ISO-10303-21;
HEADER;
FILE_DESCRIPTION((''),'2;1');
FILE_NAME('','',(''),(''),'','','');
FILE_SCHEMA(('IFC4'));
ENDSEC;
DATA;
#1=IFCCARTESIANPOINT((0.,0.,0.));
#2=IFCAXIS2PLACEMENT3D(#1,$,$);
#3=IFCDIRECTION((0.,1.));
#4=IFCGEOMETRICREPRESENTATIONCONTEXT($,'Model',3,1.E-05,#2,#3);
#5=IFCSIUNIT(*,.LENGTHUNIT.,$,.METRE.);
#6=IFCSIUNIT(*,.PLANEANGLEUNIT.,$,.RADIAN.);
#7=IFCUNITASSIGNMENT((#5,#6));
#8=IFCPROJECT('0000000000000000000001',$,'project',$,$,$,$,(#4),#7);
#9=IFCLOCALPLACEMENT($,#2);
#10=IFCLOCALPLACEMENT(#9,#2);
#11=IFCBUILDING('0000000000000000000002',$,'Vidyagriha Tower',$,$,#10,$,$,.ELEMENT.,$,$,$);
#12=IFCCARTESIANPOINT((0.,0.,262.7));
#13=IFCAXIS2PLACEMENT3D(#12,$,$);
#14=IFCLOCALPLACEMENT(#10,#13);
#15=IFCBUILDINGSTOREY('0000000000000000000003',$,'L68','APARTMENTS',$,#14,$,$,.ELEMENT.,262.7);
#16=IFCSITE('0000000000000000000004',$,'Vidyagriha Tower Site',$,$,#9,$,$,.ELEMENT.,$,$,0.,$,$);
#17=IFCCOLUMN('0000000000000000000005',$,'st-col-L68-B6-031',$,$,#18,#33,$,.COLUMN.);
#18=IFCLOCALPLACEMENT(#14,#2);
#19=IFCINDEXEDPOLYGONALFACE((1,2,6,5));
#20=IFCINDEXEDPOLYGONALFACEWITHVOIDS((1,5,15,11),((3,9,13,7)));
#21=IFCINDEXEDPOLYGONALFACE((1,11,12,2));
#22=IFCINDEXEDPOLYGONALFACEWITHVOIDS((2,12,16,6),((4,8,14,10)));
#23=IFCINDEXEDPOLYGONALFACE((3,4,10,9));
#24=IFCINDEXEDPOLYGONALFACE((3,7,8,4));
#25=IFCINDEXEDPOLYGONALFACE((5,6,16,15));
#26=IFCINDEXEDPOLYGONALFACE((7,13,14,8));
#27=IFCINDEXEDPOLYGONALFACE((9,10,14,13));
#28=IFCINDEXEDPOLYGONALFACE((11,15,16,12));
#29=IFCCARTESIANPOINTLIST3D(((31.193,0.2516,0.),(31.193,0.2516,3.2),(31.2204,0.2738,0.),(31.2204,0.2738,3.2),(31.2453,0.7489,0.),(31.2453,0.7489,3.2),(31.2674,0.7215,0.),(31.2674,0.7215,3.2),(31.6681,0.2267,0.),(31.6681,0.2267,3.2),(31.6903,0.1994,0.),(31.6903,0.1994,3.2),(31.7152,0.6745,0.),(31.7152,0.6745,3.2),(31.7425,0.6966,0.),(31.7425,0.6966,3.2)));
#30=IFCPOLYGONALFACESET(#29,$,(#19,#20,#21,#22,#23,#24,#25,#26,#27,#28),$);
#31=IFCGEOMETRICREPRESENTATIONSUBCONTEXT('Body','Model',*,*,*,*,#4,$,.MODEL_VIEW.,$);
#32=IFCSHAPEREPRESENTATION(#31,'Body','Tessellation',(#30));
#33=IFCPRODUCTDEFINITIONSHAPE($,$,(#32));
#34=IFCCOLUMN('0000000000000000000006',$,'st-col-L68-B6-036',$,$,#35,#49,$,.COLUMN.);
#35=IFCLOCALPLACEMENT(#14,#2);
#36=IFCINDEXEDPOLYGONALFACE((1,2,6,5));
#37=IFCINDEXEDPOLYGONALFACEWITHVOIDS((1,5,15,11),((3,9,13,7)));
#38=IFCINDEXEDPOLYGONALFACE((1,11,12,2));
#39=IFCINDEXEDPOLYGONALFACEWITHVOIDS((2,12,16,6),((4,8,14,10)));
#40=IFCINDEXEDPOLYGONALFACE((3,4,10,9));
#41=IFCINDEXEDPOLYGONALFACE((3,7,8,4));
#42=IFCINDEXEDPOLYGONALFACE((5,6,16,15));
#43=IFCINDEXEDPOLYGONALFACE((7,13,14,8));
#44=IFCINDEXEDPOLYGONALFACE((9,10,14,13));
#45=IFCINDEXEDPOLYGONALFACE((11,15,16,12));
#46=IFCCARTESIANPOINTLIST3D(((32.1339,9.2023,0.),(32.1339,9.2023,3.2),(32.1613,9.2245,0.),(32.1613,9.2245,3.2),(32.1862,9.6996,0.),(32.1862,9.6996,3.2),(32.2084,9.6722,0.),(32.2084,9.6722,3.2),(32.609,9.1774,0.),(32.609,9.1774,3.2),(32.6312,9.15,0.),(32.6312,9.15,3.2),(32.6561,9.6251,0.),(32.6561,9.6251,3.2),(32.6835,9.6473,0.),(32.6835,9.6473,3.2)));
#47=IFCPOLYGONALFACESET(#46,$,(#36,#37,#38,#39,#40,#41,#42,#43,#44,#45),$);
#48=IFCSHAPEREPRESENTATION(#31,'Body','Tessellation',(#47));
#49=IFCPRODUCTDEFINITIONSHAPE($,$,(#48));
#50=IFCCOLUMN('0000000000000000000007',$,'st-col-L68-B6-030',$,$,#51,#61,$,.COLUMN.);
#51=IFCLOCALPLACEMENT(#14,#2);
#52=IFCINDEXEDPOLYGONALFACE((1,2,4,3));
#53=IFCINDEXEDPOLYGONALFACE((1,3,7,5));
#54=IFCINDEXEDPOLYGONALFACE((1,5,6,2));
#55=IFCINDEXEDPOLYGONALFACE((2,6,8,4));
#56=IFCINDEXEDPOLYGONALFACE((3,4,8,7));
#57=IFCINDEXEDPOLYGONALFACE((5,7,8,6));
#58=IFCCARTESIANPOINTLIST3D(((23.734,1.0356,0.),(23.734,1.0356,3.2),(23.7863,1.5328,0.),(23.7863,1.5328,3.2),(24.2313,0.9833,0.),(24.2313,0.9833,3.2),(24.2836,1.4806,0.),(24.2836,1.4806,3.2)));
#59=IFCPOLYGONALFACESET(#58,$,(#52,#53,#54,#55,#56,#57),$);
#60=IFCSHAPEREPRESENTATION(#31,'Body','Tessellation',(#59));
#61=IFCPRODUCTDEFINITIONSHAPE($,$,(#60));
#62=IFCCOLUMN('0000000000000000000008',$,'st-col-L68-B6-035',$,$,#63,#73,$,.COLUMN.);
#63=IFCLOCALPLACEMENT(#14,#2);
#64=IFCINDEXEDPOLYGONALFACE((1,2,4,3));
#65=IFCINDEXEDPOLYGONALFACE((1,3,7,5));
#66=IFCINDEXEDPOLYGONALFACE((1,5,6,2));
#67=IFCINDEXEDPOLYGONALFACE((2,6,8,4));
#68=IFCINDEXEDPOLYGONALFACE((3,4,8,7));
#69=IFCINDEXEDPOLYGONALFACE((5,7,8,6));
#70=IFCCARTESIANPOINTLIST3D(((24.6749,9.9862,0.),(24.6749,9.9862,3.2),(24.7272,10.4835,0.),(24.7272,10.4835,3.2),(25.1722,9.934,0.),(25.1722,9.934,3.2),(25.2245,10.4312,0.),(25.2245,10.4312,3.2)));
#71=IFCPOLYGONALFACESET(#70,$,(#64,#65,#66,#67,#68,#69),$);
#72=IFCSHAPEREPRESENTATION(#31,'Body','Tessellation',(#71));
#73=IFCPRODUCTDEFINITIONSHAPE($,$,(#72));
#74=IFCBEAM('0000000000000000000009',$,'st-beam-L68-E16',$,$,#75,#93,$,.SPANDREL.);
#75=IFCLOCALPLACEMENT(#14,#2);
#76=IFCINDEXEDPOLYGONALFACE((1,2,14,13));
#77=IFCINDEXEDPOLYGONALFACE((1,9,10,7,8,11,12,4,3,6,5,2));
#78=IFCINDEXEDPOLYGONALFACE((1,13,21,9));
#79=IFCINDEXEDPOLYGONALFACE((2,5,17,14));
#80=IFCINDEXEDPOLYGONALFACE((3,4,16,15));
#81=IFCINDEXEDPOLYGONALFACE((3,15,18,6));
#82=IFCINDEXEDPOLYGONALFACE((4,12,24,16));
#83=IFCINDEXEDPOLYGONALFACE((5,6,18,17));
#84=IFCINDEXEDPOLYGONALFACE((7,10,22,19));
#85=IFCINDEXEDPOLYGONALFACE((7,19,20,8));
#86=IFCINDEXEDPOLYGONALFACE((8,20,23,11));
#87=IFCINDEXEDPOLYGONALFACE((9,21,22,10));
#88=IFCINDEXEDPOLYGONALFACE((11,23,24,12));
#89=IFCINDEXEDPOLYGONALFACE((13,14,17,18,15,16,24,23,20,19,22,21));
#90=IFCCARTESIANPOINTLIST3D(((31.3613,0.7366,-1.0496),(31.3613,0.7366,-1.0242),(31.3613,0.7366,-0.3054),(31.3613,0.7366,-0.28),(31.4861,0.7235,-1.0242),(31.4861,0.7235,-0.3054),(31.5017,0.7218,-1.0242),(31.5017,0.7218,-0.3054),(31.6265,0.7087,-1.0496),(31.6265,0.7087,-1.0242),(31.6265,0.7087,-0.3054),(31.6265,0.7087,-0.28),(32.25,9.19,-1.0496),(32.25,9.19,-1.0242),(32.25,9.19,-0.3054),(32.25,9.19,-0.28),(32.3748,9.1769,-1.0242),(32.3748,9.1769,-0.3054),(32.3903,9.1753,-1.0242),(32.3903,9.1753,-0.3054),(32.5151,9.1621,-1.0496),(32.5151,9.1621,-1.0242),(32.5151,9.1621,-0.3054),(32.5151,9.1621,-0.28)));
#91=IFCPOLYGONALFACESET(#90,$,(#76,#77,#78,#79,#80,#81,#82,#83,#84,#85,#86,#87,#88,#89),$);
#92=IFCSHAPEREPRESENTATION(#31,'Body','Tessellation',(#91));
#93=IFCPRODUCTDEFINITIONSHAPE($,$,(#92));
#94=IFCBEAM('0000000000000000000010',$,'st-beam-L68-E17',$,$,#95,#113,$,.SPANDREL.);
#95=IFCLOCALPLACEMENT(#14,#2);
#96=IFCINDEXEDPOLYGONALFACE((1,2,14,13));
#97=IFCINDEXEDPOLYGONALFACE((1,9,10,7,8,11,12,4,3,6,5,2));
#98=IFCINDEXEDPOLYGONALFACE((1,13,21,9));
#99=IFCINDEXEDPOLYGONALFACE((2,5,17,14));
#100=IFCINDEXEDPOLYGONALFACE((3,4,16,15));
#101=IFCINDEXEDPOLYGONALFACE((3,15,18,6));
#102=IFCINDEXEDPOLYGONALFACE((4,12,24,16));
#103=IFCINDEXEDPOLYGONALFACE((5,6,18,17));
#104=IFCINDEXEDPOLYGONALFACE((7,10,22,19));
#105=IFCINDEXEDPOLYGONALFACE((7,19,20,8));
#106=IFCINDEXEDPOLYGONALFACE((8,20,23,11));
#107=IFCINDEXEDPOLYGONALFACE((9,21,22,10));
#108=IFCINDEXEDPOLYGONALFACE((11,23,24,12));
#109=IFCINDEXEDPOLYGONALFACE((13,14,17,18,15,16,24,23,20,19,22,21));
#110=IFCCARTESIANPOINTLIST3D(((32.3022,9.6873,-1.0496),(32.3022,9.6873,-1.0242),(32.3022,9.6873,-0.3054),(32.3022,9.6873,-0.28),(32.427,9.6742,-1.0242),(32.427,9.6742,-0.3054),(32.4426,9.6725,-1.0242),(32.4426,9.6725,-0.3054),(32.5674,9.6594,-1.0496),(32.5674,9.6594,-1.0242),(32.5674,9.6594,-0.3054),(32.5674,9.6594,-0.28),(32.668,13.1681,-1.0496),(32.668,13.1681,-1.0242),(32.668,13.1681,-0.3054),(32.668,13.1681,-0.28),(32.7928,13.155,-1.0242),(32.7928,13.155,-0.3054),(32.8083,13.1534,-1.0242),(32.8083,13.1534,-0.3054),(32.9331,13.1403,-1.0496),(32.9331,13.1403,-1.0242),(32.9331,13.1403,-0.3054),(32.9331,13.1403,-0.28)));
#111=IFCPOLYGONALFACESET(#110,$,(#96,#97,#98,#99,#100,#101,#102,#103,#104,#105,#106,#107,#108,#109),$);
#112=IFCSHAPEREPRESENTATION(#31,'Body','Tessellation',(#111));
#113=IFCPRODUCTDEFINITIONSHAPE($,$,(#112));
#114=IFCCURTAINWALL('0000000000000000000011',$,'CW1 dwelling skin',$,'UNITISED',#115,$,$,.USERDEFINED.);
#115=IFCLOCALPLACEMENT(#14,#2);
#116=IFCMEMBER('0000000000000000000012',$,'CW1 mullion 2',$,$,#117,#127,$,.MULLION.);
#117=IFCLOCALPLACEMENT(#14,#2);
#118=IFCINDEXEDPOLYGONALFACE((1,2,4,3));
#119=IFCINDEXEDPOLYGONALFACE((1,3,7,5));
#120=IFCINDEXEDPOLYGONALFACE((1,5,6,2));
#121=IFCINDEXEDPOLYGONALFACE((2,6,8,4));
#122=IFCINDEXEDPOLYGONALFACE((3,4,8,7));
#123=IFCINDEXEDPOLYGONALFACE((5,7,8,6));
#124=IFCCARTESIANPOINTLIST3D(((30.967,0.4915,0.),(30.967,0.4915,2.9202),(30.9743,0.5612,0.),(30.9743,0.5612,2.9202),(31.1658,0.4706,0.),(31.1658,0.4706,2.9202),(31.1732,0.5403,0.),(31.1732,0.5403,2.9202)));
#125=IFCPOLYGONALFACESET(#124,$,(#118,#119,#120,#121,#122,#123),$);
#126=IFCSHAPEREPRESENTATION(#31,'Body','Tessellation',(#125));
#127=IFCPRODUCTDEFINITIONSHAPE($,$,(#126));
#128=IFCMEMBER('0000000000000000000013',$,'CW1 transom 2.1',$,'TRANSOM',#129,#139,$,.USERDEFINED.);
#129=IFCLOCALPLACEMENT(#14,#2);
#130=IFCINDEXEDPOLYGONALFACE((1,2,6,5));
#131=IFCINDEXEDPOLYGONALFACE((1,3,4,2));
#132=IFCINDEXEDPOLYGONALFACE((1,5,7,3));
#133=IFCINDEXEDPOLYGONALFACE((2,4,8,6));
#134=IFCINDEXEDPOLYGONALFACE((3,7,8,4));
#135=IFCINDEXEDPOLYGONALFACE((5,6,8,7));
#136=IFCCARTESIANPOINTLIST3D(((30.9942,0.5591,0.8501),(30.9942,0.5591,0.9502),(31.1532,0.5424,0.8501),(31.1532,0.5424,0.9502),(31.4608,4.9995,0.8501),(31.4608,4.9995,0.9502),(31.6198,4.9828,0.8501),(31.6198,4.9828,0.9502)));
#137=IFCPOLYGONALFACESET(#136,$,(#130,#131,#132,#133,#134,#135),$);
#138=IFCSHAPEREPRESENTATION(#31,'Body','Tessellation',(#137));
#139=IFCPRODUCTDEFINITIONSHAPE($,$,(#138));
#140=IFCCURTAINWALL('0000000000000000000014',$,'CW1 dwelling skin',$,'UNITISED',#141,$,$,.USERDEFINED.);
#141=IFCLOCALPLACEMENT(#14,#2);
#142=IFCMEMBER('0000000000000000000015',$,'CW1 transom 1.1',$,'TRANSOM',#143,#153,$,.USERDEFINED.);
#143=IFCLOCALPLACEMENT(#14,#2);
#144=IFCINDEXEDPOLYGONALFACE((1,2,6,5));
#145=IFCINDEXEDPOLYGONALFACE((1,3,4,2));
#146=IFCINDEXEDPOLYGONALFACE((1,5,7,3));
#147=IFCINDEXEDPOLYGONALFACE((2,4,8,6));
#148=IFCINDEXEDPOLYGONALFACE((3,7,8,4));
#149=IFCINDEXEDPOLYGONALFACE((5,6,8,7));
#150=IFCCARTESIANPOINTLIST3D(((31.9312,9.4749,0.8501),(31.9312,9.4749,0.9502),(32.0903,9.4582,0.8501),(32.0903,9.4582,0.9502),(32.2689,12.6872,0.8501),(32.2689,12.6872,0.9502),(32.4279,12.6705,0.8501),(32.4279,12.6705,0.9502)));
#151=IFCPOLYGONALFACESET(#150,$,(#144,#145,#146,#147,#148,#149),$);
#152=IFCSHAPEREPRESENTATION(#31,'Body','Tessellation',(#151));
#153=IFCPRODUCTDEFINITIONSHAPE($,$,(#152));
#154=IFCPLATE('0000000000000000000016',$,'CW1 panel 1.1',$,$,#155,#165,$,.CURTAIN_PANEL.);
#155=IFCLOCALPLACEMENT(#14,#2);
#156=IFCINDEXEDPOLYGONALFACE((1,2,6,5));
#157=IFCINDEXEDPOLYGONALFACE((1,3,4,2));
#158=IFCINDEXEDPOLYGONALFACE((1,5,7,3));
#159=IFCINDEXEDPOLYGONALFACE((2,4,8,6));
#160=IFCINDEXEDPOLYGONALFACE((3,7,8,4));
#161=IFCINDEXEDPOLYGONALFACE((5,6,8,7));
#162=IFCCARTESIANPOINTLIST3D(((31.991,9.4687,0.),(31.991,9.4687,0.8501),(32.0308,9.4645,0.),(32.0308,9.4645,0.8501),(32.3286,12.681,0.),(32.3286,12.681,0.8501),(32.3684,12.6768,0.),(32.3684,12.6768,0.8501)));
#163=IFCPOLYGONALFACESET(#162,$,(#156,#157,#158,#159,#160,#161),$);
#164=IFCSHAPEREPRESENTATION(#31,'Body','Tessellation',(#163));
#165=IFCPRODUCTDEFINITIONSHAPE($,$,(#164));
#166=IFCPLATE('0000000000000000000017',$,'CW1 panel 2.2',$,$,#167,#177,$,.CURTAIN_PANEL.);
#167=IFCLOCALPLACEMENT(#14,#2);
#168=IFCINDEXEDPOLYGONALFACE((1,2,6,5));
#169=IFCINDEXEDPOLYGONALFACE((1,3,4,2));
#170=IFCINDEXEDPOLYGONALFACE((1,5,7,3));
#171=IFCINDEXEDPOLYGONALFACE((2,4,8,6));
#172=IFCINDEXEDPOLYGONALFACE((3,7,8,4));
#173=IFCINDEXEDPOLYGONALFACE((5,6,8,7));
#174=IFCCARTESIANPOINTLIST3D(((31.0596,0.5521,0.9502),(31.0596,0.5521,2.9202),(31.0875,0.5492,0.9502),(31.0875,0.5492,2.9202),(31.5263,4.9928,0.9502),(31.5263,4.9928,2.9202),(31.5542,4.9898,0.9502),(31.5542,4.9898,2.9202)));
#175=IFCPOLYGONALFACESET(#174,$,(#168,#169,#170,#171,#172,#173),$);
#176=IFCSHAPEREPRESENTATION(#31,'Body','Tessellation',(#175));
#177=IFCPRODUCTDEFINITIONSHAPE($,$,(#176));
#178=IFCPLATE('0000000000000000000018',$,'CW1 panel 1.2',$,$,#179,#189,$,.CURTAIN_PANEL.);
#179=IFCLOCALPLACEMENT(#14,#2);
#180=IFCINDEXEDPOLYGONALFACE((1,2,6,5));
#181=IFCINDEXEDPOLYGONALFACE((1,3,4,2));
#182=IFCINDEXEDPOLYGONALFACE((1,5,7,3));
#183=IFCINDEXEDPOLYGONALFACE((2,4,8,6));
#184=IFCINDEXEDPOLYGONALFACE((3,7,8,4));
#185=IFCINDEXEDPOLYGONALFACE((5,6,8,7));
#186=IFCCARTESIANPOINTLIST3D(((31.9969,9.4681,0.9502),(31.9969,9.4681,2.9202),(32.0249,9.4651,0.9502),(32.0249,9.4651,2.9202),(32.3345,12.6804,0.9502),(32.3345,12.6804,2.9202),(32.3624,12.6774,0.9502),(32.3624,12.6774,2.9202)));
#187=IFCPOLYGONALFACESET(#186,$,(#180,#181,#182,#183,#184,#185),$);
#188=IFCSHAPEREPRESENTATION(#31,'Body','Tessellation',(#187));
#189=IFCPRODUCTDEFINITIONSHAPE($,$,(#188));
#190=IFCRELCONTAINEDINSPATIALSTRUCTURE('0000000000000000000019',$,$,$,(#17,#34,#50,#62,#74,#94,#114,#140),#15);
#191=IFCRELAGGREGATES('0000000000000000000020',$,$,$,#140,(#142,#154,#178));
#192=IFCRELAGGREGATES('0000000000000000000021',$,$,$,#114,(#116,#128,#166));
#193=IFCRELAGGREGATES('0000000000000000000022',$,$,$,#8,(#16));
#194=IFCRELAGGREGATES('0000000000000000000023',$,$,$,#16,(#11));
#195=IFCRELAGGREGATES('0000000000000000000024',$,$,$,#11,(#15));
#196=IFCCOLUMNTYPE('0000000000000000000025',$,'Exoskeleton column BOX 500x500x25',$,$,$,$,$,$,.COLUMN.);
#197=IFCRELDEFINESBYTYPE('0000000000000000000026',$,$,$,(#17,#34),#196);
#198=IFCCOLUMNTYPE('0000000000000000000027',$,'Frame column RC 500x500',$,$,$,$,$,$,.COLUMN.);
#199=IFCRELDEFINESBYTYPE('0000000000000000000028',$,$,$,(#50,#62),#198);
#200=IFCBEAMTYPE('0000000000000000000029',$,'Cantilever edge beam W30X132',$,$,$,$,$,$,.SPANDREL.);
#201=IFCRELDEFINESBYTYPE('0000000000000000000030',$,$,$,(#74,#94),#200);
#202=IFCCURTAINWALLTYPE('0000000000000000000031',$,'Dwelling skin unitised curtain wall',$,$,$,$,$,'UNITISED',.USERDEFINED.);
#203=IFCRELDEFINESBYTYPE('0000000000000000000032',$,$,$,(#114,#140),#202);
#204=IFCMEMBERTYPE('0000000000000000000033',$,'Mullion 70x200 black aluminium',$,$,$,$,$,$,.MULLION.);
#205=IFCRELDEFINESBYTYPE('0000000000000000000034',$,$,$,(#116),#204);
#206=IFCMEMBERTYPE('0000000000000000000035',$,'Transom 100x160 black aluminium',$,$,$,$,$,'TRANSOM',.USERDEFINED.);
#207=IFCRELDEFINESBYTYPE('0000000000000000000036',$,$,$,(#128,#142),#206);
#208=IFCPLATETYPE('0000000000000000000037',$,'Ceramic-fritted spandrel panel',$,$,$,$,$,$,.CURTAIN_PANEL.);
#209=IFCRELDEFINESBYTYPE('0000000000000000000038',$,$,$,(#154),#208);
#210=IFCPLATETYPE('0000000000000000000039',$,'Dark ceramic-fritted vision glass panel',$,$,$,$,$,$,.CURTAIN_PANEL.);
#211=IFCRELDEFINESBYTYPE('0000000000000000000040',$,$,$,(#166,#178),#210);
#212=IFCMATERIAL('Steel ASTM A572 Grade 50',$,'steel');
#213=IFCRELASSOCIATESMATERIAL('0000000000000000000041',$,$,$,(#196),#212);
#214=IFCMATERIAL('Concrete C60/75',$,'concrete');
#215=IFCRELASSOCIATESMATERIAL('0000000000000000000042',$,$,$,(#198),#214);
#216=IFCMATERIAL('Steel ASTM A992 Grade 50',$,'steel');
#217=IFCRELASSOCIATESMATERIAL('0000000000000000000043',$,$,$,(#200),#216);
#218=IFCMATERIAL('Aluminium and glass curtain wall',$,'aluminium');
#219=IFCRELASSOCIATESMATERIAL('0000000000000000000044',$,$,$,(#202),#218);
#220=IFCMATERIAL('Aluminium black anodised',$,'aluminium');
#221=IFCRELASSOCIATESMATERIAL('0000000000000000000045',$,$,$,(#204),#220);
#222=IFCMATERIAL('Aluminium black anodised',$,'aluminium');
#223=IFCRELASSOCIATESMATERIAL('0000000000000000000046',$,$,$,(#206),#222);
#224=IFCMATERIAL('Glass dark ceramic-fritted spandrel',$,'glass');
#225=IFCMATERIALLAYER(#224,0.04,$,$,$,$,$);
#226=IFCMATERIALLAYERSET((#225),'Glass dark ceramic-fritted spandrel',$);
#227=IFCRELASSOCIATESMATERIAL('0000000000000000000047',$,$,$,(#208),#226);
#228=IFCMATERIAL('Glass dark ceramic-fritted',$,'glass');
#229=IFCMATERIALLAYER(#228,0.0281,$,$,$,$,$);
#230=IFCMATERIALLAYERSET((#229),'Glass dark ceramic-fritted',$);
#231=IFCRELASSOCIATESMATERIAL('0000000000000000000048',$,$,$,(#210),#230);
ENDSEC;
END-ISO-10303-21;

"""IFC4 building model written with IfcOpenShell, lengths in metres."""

from ifc_helpers import new_model, si_unit, direction, frame, origin, origin_2d, place, context, subcontext, project, spatial, rectangle, hollow_rectangle, i_section, extrude, material, layer, layer_set, material_profile, profile_set, type_object, element, aggregate, save


model = new_model("IFC4")

# Units and contexts
model_context = context("Model", 3, precision=1e-05, world=origin(), true_north=direction((0.0, 1.0)))
body_context = subcontext(model_context, "Body", "Model", "MODEL_VIEW")
ifc_project = project(units=[si_unit("LENGTHUNIT", "METRE"), si_unit("PLANEANGLEUNIT", "RADIAN")], contexts=[model_context])

# Site, building, storey
site_placement = place(None, origin())
site = spatial("IfcSite", under=ifc_project, at=site_placement, Name="Vidyagriha Tower Site", CompositionType="ELEMENT", RefElevation=0.0)
building_placement = place(site_placement, origin())
building = spatial("IfcBuilding", under=site, at=building_placement, Name="Vidyagriha Tower", CompositionType="ELEMENT")
storey_placement = place(building_placement, frame((0.0, 0.0, 262.7)))
storey = spatial("IfcBuildingStorey", under=building, at=storey_placement, Name="L68", Description="APARTMENTS", CompositionType="ELEMENT", Elevation=262.7)

# Columns
ifc_material_1 = material(Name="Steel ASTM A572 Grade 50", Category="steel")
ifc_material_profile_1 = material_profile(ifc_material_1, hollow_rectangle(XDim=0.5, YDim=0.5, WallThickness=0.0249, at=origin_2d()), Name="BOX 500x500x25")
ifc_profile_set_1 = profile_set([ifc_material_profile_1], Name="Steel ASTM A572 Grade 50")
column_type_1 = type_object("IfcColumnType", Name="Exoskeleton column BOX 500x500x25", PredefinedType="COLUMN", material=ifc_profile_set_1)
for number, where, z_axis, x_axis, name in (
    (1, (31.4678, 0.4741, 0.0), (0.0, 0.0, 1.0), (0.994522, -0.104528, 0.0), "st-col-L68-B6-031"),
    (2, (32.4087, 9.4248, 0.0), (0.0, 0.0, 1.0), (0.994522, -0.104528, 0.0), "st-col-L68-B6-036"),
):
    element("IfcColumn", number, at=place(storey_placement, frame(where, z_axis=z_axis, x_axis=x_axis)), inside=storey, type_object=column_type_1, Name=name, PredefinedType="COLUMN", context=body_context, shape_type="SweptSolid", body=[
        extrude(hollow_rectangle(XDim=0.5, YDim=0.5, WallThickness=0.0249, at=origin_2d()), origin(), (0.0, 0.0, 1.0), 3.2),
    ])
ifc_material_2 = material(Name="Concrete C60/75", Category="concrete")
ifc_material_profile_2 = material_profile(ifc_material_2, rectangle(XDim=0.5, YDim=0.5, at=origin_2d()), Name="RC 500x500")
ifc_profile_set_2 = profile_set([ifc_material_profile_2], Name="Concrete C60/75")
column_type_2 = type_object("IfcColumnType", Name="Frame column RC 500x500", PredefinedType="COLUMN", material=ifc_profile_set_2)
for number, where, z_axis, x_axis, name in (
    (3, (24.0088, 1.2581, 0.0), (0.0, 0.0, 1.0), (0.994522, -0.104528, 0.0), "st-col-L68-B6-030"),
    (4, (24.9497, 10.2087, 0.0), (0.0, 0.0, 1.0), (0.994522, -0.104528, 0.0), "st-col-L68-B6-035"),
):
    element("IfcColumn", number, at=place(storey_placement, frame(where, z_axis=z_axis, x_axis=x_axis)), inside=storey, type_object=column_type_2, Name=name, PredefinedType="COLUMN", context=body_context, shape_type="SweptSolid", body=[
        extrude(rectangle(XDim=0.5, YDim=0.5, at=origin_2d()), origin(), (0.0, 0.0, 1.0), 3.2),
    ])

# Beams
ifc_material_3 = material(Name="Steel ASTM A992 Grade 50", Category="steel")
ifc_material_profile_3 = material_profile(ifc_material_3, i_section(OverallWidth=0.2666, OverallDepth=0.7695, WebThickness=0.0156, FlangeThickness=0.0254, at=origin_2d()), Name="W30X132")
ifc_profile_set_3 = profile_set([ifc_material_profile_3], Name="Steel ASTM A992 Grade 50")
beam_type = type_object("IfcBeamType", Name="Cantilever edge beam W30X132", PredefinedType="SPANDREL", material=ifc_profile_set_3)
beam_1_placement = place(storey_placement, frame((31.4939, 0.7227, -0.6648), z_axis=(0.10455, 0.99452, 0.0), x_axis=(-0.99452, 0.10455, 0.0)))
element("IfcBeam", 5, at=beam_1_placement, inside=storey, type_object=beam_type, Name="st-beam-L68-E16", PredefinedType="SPANDREL", context=body_context, shape_type="SweptSolid", body=[
    extrude(i_section(OverallWidth=0.2666, OverallDepth=0.7695, WebThickness=0.0156, FlangeThickness=0.0254, at=origin_2d()), origin(), (0.0, 0.0, 1.0), 8.5),
])
beam_2_placement = place(storey_placement, frame((32.4348, 9.6733, -0.6648), z_axis=(0.104489, 0.994526, 0.0), x_axis=(-0.994526, 0.104489, 0.0)))
element("IfcBeam", 6, at=beam_2_placement, inside=storey, type_object=beam_type, Name="st-beam-L68-E17", PredefinedType="SPANDREL", context=body_context, shape_type="SweptSolid", body=[
    extrude(i_section(OverallWidth=0.2666, OverallDepth=0.7695, WebThickness=0.0156, FlangeThickness=0.0254, at=origin_2d()), origin(), (0.0, 0.0, 1.0), 3.5),
])

# Curtain wall, members
ifc_material_4 = material(Name="Aluminium and glass curtain wall", Category="aluminium")
curtain_wall_type = type_object("IfcCurtainWallType", Name="Dwelling skin unitised curtain wall", ElementType="UNITISED", PredefinedType="USERDEFINED", material=ifc_material_4)
curtain_wall_1_placement = place(storey_placement, origin())
curtain_wall_1 = element("IfcCurtainWall", 7, at=curtain_wall_1_placement, inside=storey, type_object=curtain_wall_type, Name="CW1 dwelling skin", ObjectType="UNITISED", PredefinedType="USERDEFINED")
ifc_material_5 = material(Name="Aluminium black anodised", Category="aluminium")
ifc_material_profile_4 = material_profile(ifc_material_5, rectangle(XDim=0.2, YDim=0.0701, at=origin_2d()), Name="Mullion 70x200 black aluminium")
ifc_profile_set_4 = profile_set([ifc_material_profile_4], Name="Aluminium black anodised")
member_type_1 = type_object("IfcMemberType", Name="Mullion 70x200 black aluminium", PredefinedType="MULLION", material=ifc_profile_set_4)
member_1_placement = place(storey_placement, frame((31.0701, 0.5159, 0.0), z_axis=(0.0, 0.0, 1.0), x_axis=(-0.994522, 0.10453, 0.0)))
member_1 = element("IfcMember", 8, at=member_1_placement, type_object=member_type_1, Name="CW1 mullion 2", PredefinedType="MULLION", context=body_context, shape_type="SweptSolid", body=[
    extrude(rectangle(XDim=0.2, YDim=0.0701, at=origin_2d()), origin(), (0.0, 0.0, 1.0), 2.9202),
])
ifc_material_6 = material(Name="Aluminium black anodised", Category="aluminium")
ifc_material_profile_5 = material_profile(ifc_material_6, rectangle(XDim=0.1599, YDim=0.1001, at=origin_2d()), Name="Transom 100x160 black aluminium")
ifc_profile_set_5 = profile_set([ifc_material_profile_5], Name="Aluminium black anodised")
member_type_2 = type_object("IfcMemberType", Name="Transom 100x160 black aluminium", ElementType="TRANSOM", PredefinedType="USERDEFINED", material=ifc_profile_set_5)
member_2_placement = place(storey_placement, frame((31.0737, 0.5508, 0.9001), z_axis=(0.104494, 0.994526, 0.0), x_axis=(-0.994526, 0.104494, 0.0)))
member_2 = element("IfcMember", 9, at=member_2_placement, type_object=member_type_2, Name="CW1 transom 2.1", ObjectType="TRANSOM", PredefinedType="USERDEFINED", context=body_context, shape_type="SweptSolid", body=[
    extrude(rectangle(XDim=0.1599, YDim=0.1001, at=origin_2d()), origin(), (0.0, 0.0, 1.0), 4.4648),
])

# Curtain wall, member, plate
curtain_wall_2_placement = place(storey_placement, origin())
curtain_wall_2 = element("IfcCurtainWall", 10, at=curtain_wall_2_placement, inside=storey, type_object=curtain_wall_type, Name="CW1 dwelling skin", ObjectType="UNITISED", PredefinedType="USERDEFINED")
member_3_placement = place(storey_placement, frame((32.0107, 9.4666, 0.9001), z_axis=(0.104531, 0.994522, 0.0), x_axis=(-0.994522, 0.104531, 0.0)))
member_3 = element("IfcMember", 11, at=member_3_placement, type_object=member_type_2, Name="CW1 transom 1.1", ObjectType="TRANSOM", PredefinedType="USERDEFINED", context=body_context, shape_type="SweptSolid", body=[
    extrude(rectangle(XDim=0.1599, YDim=0.1001, at=origin_2d()), origin(), (0.0, 0.0, 1.0), 3.23),
])
ifc_material_7 = material(Name="Glass dark ceramic-fritted spandrel", Category="glass")
ifc_layer_1 = layer(ifc_material_7, 0.04)
ifc_layer_set_1 = layer_set([ifc_layer_1], Name="Glass dark ceramic-fritted spandrel")
plate_type_1 = type_object("IfcPlateType", Name="Ceramic-fritted spandrel panel", PredefinedType="CURTAIN_PANEL", material=ifc_layer_set_1)
plate_1_placement = place(storey_placement, frame((32.1797, 11.0728, 0.0), z_axis=(0.0, 0.0, 1.0), x_axis=(0.104516, 0.994523, 0.0)))
plate_1 = element("IfcPlate", 12, at=plate_1_placement, type_object=plate_type_1, Name="CW1 panel 1.1", PredefinedType="CURTAIN_PANEL", context=body_context, shape_type="SweptSolid", body=[
    extrude(rectangle(XDim=3.23, YDim=0.04, at=origin_2d()), origin(), (0.0, 0.0, 1.0), 0.8501),
])

# Plates
ifc_material_8 = material(Name="Glass dark ceramic-fritted", Category="glass")
ifc_layer_2 = layer(ifc_material_8, 0.0281)
ifc_layer_set_2 = layer_set([ifc_layer_2], Name="Glass dark ceramic-fritted")
plate_type_2 = type_object("IfcPlateType", Name="Dark ceramic-fritted vision glass panel", PredefinedType="CURTAIN_PANEL", material=ifc_layer_set_2)
plate_2_placement = place(storey_placement, frame((31.3069, 2.771, 0.9502), z_axis=(0.0, 0.0, 1.0), x_axis=(0.10453, 0.994522, 0.0)))
plate_2 = element("IfcPlate", 13, at=plate_2_placement, type_object=plate_type_2, Name="CW1 panel 2.2", PredefinedType="CURTAIN_PANEL", context=body_context, shape_type="SweptSolid", body=[
    extrude(rectangle(XDim=4.4651, YDim=0.0281, at=origin_2d()), origin(), (0.0, 0.0, 1.0), 1.97),
])
plate_3_placement = place(storey_placement, frame((32.1797, 11.0728, 0.9502), z_axis=(0.0, 0.0, 1.0), x_axis=(0.104516, 0.994523, 0.0)))
plate_3 = element("IfcPlate", 14, at=plate_3_placement, type_object=plate_type_2, Name="CW1 panel 1.2", PredefinedType="CURTAIN_PANEL", context=body_context, shape_type="SweptSolid", body=[
    extrude(rectangle(XDim=3.23, YDim=0.0281, at=origin_2d()), origin(), (0.0, 0.0, 1.0), 1.97),
])
aggregate(curtain_wall_2, [member_3, plate_1, plate_3])
aggregate(curtain_wall_1, [member_1, member_2, plate_2])

save(model, "model.ifc")
